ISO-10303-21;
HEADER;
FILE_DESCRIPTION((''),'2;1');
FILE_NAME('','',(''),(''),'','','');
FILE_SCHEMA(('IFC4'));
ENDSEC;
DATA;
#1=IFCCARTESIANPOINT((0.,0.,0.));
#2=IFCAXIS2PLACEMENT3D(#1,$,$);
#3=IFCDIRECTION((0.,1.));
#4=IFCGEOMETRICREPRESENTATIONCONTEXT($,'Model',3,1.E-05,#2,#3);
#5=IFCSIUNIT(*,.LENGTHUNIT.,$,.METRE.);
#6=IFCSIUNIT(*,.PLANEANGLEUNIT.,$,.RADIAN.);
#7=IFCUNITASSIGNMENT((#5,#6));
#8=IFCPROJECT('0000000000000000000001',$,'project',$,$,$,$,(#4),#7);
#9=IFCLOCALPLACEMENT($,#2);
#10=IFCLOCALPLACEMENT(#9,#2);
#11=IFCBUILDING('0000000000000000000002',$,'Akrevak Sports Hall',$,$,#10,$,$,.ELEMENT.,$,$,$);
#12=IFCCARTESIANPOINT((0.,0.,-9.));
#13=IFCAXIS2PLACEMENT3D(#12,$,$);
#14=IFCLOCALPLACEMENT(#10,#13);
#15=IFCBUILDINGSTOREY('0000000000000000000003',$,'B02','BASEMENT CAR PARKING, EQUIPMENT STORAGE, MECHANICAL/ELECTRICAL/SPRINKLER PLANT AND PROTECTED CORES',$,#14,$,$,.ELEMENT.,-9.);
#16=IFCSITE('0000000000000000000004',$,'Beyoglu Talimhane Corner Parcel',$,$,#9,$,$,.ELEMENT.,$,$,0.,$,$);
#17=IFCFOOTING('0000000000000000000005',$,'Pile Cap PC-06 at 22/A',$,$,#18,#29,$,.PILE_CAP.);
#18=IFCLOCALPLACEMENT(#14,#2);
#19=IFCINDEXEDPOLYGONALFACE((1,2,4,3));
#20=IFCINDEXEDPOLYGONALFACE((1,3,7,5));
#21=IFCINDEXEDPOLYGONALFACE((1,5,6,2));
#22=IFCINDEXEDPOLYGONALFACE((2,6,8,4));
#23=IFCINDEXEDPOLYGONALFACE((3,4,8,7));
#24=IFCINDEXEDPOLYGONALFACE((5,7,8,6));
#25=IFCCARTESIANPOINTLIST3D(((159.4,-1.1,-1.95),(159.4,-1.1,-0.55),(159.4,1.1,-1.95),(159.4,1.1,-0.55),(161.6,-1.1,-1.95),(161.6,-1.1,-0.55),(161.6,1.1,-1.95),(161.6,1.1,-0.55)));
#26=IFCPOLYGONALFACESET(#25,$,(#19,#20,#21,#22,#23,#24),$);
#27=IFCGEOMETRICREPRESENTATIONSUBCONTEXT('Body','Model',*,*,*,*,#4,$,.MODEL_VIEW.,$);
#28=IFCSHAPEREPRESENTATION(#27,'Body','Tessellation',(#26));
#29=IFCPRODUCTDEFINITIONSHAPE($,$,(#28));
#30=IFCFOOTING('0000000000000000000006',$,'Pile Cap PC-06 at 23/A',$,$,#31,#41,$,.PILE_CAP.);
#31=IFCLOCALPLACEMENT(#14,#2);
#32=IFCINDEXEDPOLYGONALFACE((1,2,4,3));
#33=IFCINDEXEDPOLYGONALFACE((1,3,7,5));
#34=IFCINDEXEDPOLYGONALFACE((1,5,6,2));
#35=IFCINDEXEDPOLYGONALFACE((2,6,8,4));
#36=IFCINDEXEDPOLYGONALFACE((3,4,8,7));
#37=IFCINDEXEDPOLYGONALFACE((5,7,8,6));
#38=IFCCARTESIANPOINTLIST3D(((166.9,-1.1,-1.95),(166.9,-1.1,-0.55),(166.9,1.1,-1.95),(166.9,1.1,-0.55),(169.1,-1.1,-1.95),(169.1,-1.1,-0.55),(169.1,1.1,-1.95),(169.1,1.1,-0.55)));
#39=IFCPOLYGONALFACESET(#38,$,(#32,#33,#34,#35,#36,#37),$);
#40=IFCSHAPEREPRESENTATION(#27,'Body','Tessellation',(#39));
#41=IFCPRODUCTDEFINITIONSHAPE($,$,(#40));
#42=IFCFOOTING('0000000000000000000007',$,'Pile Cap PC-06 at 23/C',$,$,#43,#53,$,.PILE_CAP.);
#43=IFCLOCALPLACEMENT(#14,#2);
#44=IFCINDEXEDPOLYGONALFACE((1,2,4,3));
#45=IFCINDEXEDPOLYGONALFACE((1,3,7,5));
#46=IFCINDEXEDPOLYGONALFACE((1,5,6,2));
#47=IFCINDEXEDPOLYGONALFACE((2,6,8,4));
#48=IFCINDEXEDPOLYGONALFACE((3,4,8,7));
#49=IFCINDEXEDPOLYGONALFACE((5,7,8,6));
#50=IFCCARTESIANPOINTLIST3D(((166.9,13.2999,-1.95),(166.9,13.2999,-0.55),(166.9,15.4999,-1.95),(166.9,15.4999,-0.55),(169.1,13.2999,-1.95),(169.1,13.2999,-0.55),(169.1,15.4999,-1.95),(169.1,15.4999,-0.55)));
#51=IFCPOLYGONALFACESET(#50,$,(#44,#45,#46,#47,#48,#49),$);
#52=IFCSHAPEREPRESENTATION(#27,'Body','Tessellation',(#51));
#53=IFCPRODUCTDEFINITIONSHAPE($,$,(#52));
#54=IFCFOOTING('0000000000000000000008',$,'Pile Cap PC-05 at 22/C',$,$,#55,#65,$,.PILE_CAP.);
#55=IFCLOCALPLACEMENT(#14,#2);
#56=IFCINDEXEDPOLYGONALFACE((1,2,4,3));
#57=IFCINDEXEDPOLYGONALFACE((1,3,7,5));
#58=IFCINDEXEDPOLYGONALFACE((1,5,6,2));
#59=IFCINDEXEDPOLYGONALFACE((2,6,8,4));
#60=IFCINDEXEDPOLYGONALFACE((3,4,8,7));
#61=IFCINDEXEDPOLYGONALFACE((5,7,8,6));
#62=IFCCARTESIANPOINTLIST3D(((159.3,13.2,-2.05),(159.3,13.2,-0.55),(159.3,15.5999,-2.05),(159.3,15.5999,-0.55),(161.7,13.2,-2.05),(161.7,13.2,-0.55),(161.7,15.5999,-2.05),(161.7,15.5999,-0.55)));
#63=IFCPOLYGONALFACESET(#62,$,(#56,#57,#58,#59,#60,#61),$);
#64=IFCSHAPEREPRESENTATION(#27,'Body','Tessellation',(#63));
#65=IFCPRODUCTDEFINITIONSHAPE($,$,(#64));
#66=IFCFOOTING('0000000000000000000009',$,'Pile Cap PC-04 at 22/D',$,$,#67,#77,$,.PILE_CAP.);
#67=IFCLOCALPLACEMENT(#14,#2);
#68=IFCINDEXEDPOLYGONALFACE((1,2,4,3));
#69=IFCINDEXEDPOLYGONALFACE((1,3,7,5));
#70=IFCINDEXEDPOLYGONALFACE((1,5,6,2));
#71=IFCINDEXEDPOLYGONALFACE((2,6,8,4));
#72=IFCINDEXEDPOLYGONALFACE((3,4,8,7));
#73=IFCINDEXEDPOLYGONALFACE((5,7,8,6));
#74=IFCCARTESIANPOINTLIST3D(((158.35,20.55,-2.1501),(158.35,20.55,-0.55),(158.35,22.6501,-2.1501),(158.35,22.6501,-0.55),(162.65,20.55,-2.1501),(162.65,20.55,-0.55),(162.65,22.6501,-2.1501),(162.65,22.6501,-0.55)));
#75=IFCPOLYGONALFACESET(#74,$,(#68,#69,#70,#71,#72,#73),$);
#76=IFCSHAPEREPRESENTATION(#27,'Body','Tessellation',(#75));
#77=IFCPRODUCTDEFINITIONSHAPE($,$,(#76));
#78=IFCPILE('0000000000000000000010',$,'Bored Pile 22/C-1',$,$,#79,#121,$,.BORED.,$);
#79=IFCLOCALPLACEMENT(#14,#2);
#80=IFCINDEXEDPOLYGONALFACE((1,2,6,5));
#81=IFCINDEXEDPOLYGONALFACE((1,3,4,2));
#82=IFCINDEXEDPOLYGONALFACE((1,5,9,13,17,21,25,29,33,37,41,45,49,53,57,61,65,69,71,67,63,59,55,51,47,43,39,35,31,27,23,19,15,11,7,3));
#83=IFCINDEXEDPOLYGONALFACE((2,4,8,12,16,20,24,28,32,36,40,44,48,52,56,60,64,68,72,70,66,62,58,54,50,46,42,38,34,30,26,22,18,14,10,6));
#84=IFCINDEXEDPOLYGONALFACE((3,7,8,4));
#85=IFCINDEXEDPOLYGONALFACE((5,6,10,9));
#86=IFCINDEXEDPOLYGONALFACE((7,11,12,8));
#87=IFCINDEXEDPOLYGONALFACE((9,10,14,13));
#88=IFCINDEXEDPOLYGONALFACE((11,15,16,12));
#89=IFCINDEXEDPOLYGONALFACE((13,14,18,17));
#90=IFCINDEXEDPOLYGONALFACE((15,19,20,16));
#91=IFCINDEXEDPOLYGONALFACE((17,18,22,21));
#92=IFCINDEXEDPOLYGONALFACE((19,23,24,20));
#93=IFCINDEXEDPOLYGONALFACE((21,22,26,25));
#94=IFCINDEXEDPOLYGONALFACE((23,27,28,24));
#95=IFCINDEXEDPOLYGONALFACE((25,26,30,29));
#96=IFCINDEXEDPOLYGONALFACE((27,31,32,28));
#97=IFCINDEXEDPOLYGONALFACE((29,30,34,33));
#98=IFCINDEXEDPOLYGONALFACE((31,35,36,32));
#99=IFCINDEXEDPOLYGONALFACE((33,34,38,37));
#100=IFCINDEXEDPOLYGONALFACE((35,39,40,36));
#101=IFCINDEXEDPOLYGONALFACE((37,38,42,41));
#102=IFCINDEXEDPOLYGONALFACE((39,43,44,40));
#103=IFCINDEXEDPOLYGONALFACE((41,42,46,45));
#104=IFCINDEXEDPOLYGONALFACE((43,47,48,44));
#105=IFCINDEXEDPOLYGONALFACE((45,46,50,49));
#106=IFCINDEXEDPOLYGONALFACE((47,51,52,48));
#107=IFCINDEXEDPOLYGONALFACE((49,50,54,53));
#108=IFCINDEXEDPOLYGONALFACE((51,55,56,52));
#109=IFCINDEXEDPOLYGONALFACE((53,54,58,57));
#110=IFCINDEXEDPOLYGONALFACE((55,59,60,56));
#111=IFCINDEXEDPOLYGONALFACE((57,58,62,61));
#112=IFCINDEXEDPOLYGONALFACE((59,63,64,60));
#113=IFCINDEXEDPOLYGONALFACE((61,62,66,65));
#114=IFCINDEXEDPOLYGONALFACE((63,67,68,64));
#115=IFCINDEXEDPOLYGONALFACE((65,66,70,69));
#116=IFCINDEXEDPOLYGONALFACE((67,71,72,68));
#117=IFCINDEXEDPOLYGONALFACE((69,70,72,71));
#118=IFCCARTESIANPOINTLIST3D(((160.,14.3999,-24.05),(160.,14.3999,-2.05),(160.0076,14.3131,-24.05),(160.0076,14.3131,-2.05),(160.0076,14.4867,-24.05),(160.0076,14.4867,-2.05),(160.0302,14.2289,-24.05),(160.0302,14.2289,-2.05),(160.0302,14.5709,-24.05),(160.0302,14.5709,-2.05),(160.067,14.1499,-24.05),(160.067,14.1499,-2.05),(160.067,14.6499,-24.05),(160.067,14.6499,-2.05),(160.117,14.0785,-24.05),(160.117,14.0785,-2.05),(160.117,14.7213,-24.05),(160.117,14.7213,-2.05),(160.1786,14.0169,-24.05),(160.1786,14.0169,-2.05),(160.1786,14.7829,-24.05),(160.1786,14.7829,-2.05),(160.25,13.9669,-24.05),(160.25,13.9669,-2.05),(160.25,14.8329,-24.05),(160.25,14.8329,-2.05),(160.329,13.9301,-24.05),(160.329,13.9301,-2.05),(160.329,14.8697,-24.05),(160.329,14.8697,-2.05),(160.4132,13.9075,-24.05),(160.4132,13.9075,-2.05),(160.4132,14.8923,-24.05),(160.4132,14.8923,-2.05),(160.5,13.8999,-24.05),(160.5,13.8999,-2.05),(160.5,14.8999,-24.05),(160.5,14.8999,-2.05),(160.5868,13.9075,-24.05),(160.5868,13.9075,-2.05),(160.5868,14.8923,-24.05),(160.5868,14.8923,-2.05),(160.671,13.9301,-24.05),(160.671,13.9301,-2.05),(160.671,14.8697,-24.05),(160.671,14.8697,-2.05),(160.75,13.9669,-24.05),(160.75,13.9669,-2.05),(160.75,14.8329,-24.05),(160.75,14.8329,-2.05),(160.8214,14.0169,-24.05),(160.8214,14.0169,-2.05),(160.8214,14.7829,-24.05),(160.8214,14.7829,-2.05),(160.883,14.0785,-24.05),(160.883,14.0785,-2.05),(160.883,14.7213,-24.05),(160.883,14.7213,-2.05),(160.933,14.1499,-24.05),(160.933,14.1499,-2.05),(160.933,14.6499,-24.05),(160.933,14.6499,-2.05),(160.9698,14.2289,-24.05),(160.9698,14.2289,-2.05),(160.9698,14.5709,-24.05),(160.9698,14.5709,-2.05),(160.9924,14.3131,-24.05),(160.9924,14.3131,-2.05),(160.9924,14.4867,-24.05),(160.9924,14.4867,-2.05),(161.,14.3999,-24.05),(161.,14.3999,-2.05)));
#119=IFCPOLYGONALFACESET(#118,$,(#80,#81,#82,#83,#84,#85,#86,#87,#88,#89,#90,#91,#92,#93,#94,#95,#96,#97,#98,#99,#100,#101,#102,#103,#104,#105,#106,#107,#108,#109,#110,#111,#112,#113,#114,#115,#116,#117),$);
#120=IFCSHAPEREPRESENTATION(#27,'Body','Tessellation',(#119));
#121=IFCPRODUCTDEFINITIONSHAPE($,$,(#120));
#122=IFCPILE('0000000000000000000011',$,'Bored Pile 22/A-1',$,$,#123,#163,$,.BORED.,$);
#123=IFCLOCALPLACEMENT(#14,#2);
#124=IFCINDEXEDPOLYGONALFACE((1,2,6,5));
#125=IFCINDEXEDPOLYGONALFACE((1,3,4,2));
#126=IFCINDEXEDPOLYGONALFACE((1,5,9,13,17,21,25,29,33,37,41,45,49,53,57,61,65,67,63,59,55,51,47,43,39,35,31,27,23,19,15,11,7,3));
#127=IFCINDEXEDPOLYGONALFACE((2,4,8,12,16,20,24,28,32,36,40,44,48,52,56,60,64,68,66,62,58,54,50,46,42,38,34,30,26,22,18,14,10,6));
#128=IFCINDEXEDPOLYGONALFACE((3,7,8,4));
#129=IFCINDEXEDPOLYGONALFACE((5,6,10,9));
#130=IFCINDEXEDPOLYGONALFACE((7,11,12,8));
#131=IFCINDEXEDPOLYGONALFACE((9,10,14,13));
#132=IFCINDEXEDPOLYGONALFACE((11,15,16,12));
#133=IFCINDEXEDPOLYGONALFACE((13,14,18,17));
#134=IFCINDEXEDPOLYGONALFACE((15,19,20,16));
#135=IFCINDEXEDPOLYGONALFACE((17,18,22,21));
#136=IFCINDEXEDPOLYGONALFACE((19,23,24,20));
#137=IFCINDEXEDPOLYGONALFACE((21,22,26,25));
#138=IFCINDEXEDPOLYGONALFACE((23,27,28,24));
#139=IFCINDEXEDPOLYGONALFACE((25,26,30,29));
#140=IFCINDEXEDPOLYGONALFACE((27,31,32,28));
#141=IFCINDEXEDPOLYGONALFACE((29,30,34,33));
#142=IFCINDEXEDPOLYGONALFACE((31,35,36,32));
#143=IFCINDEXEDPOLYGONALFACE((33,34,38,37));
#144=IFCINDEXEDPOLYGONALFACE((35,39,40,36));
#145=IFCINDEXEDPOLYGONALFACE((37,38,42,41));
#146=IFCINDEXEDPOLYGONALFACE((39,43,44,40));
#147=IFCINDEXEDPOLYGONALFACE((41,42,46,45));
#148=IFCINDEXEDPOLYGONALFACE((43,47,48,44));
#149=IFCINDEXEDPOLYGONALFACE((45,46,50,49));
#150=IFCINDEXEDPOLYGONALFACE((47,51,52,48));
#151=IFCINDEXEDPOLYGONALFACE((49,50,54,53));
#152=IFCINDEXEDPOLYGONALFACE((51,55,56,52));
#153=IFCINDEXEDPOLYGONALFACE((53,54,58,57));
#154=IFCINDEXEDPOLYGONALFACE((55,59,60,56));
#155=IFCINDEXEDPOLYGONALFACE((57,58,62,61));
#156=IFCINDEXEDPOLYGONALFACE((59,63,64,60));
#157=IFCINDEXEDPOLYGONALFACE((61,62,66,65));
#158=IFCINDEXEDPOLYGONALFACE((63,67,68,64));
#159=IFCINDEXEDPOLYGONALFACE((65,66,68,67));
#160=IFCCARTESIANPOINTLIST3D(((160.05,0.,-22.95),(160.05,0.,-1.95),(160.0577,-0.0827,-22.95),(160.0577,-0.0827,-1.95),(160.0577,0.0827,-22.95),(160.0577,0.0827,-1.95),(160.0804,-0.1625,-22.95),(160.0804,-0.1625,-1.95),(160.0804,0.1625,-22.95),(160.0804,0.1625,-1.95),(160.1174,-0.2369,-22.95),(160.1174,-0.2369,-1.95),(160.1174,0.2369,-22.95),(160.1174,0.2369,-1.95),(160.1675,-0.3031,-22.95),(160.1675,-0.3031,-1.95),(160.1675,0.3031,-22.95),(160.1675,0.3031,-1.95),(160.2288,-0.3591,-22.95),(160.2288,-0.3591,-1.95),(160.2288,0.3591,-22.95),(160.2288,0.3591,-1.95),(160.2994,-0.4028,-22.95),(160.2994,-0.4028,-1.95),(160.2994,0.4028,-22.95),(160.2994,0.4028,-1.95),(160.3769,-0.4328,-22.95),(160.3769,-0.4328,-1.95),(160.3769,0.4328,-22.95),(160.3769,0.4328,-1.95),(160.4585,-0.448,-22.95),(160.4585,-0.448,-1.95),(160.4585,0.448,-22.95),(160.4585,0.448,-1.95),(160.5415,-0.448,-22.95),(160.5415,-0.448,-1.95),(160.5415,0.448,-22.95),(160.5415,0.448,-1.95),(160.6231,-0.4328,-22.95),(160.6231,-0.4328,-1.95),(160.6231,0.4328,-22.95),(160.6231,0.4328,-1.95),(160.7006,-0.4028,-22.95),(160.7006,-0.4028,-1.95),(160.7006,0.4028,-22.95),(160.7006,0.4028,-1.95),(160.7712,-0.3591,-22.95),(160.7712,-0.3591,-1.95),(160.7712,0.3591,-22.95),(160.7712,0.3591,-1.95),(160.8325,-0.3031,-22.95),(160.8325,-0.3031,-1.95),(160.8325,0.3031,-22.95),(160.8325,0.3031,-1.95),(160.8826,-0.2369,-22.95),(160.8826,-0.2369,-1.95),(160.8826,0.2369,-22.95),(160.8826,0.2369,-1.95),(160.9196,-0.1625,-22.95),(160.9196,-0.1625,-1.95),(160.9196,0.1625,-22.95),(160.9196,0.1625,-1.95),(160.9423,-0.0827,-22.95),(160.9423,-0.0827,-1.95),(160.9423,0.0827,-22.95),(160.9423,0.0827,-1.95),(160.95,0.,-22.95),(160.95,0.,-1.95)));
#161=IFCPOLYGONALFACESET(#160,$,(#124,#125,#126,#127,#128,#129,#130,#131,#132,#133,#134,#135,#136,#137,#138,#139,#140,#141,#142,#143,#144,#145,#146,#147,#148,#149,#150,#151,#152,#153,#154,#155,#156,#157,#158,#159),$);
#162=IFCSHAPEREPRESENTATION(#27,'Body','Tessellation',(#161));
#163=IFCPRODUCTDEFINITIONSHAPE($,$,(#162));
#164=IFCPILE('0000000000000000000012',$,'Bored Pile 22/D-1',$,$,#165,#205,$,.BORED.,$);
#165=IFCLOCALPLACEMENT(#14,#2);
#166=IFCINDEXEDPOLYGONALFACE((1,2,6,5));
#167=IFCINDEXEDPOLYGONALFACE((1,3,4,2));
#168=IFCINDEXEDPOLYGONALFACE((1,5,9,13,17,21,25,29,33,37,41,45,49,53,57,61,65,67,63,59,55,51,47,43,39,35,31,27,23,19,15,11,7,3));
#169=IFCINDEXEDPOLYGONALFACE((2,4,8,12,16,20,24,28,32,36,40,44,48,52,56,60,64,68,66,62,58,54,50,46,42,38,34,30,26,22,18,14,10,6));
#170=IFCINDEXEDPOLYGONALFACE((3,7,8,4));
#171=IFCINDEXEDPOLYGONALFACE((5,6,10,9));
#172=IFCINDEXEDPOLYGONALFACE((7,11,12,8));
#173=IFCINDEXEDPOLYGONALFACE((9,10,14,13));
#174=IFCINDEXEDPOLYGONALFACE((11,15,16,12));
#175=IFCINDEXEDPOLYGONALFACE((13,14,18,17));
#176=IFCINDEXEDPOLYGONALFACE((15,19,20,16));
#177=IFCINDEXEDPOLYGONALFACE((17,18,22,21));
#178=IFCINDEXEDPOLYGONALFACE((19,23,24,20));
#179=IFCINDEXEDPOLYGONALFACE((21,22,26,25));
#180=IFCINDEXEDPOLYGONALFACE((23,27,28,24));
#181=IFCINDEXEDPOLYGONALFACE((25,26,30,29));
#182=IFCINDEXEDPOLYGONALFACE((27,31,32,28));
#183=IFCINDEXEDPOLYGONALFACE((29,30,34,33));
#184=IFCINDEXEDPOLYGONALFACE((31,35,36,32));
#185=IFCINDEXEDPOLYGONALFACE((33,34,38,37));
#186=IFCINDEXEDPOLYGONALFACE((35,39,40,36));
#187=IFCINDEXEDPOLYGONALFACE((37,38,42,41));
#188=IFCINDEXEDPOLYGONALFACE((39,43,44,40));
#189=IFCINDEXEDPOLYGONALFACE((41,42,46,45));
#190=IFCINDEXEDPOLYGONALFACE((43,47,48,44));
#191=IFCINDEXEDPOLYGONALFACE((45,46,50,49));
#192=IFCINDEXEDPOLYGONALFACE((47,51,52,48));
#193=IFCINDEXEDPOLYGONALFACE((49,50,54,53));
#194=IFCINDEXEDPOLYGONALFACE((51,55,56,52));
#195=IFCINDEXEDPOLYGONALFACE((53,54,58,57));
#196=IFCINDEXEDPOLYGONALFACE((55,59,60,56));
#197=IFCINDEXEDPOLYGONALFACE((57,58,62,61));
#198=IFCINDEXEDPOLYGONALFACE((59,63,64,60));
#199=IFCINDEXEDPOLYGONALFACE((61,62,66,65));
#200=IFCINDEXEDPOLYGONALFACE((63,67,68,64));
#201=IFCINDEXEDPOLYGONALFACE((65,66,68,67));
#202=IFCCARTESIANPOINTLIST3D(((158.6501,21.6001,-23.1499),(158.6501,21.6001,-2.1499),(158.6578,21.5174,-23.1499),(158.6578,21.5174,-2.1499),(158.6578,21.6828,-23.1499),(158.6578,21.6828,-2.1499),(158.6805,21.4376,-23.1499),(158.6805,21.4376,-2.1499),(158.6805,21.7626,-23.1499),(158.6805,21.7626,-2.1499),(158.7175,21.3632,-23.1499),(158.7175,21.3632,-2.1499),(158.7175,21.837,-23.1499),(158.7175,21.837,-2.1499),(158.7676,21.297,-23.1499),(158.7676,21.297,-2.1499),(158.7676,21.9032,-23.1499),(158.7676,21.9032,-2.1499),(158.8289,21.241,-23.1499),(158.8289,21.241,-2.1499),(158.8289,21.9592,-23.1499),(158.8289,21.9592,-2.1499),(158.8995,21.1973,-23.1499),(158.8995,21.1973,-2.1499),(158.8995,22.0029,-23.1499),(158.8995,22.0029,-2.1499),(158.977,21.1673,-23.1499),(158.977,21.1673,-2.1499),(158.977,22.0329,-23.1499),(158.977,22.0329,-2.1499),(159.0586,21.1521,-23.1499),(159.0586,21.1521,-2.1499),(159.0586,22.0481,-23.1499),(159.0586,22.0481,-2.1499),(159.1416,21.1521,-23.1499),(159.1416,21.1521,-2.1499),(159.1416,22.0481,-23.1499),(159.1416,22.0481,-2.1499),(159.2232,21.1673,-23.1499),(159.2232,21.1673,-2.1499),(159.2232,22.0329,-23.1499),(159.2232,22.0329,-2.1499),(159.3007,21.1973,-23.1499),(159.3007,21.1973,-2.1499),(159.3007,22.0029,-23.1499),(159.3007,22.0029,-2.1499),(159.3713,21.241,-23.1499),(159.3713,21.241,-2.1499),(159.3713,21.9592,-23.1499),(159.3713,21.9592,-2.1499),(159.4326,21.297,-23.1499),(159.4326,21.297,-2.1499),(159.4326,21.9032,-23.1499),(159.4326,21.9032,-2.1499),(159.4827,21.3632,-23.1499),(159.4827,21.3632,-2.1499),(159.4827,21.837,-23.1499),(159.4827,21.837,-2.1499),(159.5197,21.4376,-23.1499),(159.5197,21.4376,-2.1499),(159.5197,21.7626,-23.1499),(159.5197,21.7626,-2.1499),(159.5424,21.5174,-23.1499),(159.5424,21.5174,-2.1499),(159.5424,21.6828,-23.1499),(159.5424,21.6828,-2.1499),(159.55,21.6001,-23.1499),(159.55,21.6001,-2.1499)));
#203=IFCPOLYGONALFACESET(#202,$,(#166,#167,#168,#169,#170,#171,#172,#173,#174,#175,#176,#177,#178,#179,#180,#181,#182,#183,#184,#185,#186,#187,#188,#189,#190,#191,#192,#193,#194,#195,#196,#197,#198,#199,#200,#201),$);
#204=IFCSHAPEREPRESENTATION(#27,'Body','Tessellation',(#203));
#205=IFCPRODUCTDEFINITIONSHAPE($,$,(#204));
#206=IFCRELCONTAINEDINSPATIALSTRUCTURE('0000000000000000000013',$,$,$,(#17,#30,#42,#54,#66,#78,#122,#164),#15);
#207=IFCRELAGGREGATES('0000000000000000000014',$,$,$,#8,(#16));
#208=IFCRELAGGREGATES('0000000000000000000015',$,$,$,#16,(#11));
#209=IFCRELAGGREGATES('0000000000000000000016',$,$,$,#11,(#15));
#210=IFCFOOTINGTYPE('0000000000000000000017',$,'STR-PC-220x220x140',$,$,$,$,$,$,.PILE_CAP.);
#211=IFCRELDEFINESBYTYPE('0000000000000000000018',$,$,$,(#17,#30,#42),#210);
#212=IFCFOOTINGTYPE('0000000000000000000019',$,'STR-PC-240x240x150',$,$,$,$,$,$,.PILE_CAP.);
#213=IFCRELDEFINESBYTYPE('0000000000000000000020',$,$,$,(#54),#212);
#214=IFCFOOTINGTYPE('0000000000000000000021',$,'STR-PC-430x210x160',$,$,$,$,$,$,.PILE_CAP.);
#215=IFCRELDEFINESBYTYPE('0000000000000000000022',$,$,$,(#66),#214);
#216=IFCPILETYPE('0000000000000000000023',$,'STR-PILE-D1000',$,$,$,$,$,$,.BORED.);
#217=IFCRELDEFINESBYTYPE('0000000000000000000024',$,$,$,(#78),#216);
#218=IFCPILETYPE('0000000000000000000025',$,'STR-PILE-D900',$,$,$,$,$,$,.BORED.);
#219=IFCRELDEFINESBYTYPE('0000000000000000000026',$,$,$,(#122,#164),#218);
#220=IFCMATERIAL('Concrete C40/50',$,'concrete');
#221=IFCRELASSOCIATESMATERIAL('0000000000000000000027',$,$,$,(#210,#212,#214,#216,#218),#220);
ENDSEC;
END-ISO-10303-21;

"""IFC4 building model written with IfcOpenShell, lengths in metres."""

from ifc_helpers import new_model, si_unit, direction, frame, origin, origin_2d, place, context, subcontext, project, spatial, rectangle, circle, extrude, material, material_profile, profile_set, type_object, element, save


model = new_model("IFC4")

# Units and contexts
model_context = context("Model", 3, precision=1e-05, world=origin(), true_north=direction((0.0, 1.0)))
body_context = subcontext(model_context, "Body", "Model", "MODEL_VIEW")
ifc_project = project(units=[si_unit("LENGTHUNIT", "METRE"), si_unit("PLANEANGLEUNIT", "RADIAN")], contexts=[model_context])

# Site, building, storey
site_placement = place(None, origin())
site = spatial("IfcSite", under=ifc_project, at=site_placement, Name="Beyoglu Talimhane Corner Parcel", CompositionType="ELEMENT", RefElevation=0.0)
building_placement = place(site_placement, origin())
building = spatial("IfcBuilding", under=site, at=building_placement, Name="Akrevak Sports Hall", CompositionType="ELEMENT")
storey_placement = place(building_placement, frame((0.0, 0.0, -9.0)))
storey = spatial("IfcBuildingStorey", under=building, at=storey_placement, Name="B02", Description="BASEMENT CAR PARKING, EQUIPMENT STORAGE, MECHANICAL/ELECTRICAL/SPRINKLER PLANT AND PROTECTED CORES", CompositionType="ELEMENT", Elevation=-9.0)

# Footings
ifc_material_1 = material(Name="Concrete C40/50", Category="concrete")
footing_type_1 = type_object("IfcFootingType", Name="STR-PC-220x220x140", PredefinedType="PILE_CAP", material=ifc_material_1)
for number, where, z_axis, x_axis, name in (
    (1, (160.5, 0.0, -1.95), (0.0, 0.0, 1.0), (1.0, 0.0, 0.0), "Pile Cap PC-06 at 22/A"),
    (2, (168.0, 0.0, -1.95), (0.0, 0.0, 1.0), (1.0, 0.0, 0.0), "Pile Cap PC-06 at 23/A"),
    (3, (168.0, 14.3999, -1.95), (0.0, 0.0, 1.0), (1.0, 0.0, 0.0), "Pile Cap PC-06 at 23/C"),
):
    element("IfcFooting", number, at=place(storey_placement, frame(where, z_axis=z_axis, x_axis=x_axis)), inside=storey, type_object=footing_type_1, Name=name, PredefinedType="PILE_CAP", context=body_context, shape_type="SweptSolid", body=[
        extrude(rectangle(XDim=2.2, YDim=2.2, at=origin_2d()), origin(), (0.0, 0.0, 1.0), 1.3999),
    ])
footing_type_2 = type_object("IfcFootingType", Name="STR-PC-240x240x150", PredefinedType="PILE_CAP", material=ifc_material_1)
footing_1_placement = place(storey_placement, frame((160.5, 14.3999, -2.05), z_axis=(0.0, 0.0, 1.0), x_axis=(1.0, 0.0, 0.0)))
element("IfcFooting", 4, at=footing_1_placement, inside=storey, type_object=footing_type_2, Name="Pile Cap PC-05 at 22/C", PredefinedType="PILE_CAP", context=body_context, shape_type="SweptSolid", body=[
    extrude(rectangle(XDim=2.3999, YDim=2.3999, at=origin_2d()), origin(), (0.0, 0.0, 1.0), 1.5),
])
footing_type_3 = type_object("IfcFootingType", Name="STR-PC-430x210x160", PredefinedType="PILE_CAP", material=ifc_material_1)
footing_2_placement = place(storey_placement, frame((160.5, 21.6001, -2.1501), z_axis=(0.0, 0.0, 1.0), x_axis=(1.0, 0.0, 0.0)))
element("IfcFooting", 5, at=footing_2_placement, inside=storey, type_object=footing_type_3, Name="Pile Cap PC-04 at 22/D", PredefinedType="PILE_CAP", context=body_context, shape_type="SweptSolid", body=[
    extrude(rectangle(XDim=4.3, YDim=2.1001, at=origin_2d()), origin(), (0.0, 0.0, 1.0), 1.6001),
])

# Piles
ifc_material_profile_1 = material_profile(ifc_material_1, circle(Radius=0.5, at=origin_2d()), Name="BORED PILE D1000", Category="concrete")
ifc_profile_set_1 = profile_set([ifc_material_profile_1], Name="Concrete C40/50")
pile_type_1 = type_object("IfcPileType", Name="STR-PILE-D1000", PredefinedType="BORED", material=ifc_profile_set_1)
pile_placement = place(storey_placement, frame((160.5, 14.3999, -2.05), z_axis=(0.0, 0.0, -1.0), x_axis=(1.0, 0.0, 0.0)))
element("IfcPile", 6, at=pile_placement, inside=storey, type_object=pile_type_1, Name="Bored Pile 22/C-1", PredefinedType="BORED", context=body_context, shape_type="SweptSolid", body=[
    extrude(circle(Radius=0.5, at=origin_2d()), origin(), (0.0, 0.0, 1.0), 22.0),
])
ifc_material_profile_2 = material_profile(ifc_material_1, circle(Radius=0.45, at=origin_2d()), Name="BORED PILE D900", Category="concrete")
ifc_profile_set_2 = profile_set([ifc_material_profile_2], Name="Concrete C40/50")
pile_type_2 = type_object("IfcPileType", Name="STR-PILE-D900", PredefinedType="BORED", material=ifc_profile_set_2)
for number, where, z_axis, x_axis, name in (
    (7, (160.5, 0.0, -1.95), (0.0, 0.0, -1.0), (1.0, 0.0, 0.0), "Bored Pile 22/A-1"),
    (8, (159.1001, 21.6001, -2.1499), (0.0, 0.0, -1.0), (1.0, 0.0, 0.0), "Bored Pile 22/D-1"),
):
    element("IfcPile", number, at=place(storey_placement, frame(where, z_axis=z_axis, x_axis=x_axis)), inside=storey, type_object=pile_type_2, Name=name, PredefinedType="BORED", context=body_context, shape_type="SweptSolid", body=[
        extrude(circle(Radius=0.45, at=origin_2d()), origin(), (0.0, 0.0, 1.0), 21.0),
    ])

save(model, "model.ifc")
